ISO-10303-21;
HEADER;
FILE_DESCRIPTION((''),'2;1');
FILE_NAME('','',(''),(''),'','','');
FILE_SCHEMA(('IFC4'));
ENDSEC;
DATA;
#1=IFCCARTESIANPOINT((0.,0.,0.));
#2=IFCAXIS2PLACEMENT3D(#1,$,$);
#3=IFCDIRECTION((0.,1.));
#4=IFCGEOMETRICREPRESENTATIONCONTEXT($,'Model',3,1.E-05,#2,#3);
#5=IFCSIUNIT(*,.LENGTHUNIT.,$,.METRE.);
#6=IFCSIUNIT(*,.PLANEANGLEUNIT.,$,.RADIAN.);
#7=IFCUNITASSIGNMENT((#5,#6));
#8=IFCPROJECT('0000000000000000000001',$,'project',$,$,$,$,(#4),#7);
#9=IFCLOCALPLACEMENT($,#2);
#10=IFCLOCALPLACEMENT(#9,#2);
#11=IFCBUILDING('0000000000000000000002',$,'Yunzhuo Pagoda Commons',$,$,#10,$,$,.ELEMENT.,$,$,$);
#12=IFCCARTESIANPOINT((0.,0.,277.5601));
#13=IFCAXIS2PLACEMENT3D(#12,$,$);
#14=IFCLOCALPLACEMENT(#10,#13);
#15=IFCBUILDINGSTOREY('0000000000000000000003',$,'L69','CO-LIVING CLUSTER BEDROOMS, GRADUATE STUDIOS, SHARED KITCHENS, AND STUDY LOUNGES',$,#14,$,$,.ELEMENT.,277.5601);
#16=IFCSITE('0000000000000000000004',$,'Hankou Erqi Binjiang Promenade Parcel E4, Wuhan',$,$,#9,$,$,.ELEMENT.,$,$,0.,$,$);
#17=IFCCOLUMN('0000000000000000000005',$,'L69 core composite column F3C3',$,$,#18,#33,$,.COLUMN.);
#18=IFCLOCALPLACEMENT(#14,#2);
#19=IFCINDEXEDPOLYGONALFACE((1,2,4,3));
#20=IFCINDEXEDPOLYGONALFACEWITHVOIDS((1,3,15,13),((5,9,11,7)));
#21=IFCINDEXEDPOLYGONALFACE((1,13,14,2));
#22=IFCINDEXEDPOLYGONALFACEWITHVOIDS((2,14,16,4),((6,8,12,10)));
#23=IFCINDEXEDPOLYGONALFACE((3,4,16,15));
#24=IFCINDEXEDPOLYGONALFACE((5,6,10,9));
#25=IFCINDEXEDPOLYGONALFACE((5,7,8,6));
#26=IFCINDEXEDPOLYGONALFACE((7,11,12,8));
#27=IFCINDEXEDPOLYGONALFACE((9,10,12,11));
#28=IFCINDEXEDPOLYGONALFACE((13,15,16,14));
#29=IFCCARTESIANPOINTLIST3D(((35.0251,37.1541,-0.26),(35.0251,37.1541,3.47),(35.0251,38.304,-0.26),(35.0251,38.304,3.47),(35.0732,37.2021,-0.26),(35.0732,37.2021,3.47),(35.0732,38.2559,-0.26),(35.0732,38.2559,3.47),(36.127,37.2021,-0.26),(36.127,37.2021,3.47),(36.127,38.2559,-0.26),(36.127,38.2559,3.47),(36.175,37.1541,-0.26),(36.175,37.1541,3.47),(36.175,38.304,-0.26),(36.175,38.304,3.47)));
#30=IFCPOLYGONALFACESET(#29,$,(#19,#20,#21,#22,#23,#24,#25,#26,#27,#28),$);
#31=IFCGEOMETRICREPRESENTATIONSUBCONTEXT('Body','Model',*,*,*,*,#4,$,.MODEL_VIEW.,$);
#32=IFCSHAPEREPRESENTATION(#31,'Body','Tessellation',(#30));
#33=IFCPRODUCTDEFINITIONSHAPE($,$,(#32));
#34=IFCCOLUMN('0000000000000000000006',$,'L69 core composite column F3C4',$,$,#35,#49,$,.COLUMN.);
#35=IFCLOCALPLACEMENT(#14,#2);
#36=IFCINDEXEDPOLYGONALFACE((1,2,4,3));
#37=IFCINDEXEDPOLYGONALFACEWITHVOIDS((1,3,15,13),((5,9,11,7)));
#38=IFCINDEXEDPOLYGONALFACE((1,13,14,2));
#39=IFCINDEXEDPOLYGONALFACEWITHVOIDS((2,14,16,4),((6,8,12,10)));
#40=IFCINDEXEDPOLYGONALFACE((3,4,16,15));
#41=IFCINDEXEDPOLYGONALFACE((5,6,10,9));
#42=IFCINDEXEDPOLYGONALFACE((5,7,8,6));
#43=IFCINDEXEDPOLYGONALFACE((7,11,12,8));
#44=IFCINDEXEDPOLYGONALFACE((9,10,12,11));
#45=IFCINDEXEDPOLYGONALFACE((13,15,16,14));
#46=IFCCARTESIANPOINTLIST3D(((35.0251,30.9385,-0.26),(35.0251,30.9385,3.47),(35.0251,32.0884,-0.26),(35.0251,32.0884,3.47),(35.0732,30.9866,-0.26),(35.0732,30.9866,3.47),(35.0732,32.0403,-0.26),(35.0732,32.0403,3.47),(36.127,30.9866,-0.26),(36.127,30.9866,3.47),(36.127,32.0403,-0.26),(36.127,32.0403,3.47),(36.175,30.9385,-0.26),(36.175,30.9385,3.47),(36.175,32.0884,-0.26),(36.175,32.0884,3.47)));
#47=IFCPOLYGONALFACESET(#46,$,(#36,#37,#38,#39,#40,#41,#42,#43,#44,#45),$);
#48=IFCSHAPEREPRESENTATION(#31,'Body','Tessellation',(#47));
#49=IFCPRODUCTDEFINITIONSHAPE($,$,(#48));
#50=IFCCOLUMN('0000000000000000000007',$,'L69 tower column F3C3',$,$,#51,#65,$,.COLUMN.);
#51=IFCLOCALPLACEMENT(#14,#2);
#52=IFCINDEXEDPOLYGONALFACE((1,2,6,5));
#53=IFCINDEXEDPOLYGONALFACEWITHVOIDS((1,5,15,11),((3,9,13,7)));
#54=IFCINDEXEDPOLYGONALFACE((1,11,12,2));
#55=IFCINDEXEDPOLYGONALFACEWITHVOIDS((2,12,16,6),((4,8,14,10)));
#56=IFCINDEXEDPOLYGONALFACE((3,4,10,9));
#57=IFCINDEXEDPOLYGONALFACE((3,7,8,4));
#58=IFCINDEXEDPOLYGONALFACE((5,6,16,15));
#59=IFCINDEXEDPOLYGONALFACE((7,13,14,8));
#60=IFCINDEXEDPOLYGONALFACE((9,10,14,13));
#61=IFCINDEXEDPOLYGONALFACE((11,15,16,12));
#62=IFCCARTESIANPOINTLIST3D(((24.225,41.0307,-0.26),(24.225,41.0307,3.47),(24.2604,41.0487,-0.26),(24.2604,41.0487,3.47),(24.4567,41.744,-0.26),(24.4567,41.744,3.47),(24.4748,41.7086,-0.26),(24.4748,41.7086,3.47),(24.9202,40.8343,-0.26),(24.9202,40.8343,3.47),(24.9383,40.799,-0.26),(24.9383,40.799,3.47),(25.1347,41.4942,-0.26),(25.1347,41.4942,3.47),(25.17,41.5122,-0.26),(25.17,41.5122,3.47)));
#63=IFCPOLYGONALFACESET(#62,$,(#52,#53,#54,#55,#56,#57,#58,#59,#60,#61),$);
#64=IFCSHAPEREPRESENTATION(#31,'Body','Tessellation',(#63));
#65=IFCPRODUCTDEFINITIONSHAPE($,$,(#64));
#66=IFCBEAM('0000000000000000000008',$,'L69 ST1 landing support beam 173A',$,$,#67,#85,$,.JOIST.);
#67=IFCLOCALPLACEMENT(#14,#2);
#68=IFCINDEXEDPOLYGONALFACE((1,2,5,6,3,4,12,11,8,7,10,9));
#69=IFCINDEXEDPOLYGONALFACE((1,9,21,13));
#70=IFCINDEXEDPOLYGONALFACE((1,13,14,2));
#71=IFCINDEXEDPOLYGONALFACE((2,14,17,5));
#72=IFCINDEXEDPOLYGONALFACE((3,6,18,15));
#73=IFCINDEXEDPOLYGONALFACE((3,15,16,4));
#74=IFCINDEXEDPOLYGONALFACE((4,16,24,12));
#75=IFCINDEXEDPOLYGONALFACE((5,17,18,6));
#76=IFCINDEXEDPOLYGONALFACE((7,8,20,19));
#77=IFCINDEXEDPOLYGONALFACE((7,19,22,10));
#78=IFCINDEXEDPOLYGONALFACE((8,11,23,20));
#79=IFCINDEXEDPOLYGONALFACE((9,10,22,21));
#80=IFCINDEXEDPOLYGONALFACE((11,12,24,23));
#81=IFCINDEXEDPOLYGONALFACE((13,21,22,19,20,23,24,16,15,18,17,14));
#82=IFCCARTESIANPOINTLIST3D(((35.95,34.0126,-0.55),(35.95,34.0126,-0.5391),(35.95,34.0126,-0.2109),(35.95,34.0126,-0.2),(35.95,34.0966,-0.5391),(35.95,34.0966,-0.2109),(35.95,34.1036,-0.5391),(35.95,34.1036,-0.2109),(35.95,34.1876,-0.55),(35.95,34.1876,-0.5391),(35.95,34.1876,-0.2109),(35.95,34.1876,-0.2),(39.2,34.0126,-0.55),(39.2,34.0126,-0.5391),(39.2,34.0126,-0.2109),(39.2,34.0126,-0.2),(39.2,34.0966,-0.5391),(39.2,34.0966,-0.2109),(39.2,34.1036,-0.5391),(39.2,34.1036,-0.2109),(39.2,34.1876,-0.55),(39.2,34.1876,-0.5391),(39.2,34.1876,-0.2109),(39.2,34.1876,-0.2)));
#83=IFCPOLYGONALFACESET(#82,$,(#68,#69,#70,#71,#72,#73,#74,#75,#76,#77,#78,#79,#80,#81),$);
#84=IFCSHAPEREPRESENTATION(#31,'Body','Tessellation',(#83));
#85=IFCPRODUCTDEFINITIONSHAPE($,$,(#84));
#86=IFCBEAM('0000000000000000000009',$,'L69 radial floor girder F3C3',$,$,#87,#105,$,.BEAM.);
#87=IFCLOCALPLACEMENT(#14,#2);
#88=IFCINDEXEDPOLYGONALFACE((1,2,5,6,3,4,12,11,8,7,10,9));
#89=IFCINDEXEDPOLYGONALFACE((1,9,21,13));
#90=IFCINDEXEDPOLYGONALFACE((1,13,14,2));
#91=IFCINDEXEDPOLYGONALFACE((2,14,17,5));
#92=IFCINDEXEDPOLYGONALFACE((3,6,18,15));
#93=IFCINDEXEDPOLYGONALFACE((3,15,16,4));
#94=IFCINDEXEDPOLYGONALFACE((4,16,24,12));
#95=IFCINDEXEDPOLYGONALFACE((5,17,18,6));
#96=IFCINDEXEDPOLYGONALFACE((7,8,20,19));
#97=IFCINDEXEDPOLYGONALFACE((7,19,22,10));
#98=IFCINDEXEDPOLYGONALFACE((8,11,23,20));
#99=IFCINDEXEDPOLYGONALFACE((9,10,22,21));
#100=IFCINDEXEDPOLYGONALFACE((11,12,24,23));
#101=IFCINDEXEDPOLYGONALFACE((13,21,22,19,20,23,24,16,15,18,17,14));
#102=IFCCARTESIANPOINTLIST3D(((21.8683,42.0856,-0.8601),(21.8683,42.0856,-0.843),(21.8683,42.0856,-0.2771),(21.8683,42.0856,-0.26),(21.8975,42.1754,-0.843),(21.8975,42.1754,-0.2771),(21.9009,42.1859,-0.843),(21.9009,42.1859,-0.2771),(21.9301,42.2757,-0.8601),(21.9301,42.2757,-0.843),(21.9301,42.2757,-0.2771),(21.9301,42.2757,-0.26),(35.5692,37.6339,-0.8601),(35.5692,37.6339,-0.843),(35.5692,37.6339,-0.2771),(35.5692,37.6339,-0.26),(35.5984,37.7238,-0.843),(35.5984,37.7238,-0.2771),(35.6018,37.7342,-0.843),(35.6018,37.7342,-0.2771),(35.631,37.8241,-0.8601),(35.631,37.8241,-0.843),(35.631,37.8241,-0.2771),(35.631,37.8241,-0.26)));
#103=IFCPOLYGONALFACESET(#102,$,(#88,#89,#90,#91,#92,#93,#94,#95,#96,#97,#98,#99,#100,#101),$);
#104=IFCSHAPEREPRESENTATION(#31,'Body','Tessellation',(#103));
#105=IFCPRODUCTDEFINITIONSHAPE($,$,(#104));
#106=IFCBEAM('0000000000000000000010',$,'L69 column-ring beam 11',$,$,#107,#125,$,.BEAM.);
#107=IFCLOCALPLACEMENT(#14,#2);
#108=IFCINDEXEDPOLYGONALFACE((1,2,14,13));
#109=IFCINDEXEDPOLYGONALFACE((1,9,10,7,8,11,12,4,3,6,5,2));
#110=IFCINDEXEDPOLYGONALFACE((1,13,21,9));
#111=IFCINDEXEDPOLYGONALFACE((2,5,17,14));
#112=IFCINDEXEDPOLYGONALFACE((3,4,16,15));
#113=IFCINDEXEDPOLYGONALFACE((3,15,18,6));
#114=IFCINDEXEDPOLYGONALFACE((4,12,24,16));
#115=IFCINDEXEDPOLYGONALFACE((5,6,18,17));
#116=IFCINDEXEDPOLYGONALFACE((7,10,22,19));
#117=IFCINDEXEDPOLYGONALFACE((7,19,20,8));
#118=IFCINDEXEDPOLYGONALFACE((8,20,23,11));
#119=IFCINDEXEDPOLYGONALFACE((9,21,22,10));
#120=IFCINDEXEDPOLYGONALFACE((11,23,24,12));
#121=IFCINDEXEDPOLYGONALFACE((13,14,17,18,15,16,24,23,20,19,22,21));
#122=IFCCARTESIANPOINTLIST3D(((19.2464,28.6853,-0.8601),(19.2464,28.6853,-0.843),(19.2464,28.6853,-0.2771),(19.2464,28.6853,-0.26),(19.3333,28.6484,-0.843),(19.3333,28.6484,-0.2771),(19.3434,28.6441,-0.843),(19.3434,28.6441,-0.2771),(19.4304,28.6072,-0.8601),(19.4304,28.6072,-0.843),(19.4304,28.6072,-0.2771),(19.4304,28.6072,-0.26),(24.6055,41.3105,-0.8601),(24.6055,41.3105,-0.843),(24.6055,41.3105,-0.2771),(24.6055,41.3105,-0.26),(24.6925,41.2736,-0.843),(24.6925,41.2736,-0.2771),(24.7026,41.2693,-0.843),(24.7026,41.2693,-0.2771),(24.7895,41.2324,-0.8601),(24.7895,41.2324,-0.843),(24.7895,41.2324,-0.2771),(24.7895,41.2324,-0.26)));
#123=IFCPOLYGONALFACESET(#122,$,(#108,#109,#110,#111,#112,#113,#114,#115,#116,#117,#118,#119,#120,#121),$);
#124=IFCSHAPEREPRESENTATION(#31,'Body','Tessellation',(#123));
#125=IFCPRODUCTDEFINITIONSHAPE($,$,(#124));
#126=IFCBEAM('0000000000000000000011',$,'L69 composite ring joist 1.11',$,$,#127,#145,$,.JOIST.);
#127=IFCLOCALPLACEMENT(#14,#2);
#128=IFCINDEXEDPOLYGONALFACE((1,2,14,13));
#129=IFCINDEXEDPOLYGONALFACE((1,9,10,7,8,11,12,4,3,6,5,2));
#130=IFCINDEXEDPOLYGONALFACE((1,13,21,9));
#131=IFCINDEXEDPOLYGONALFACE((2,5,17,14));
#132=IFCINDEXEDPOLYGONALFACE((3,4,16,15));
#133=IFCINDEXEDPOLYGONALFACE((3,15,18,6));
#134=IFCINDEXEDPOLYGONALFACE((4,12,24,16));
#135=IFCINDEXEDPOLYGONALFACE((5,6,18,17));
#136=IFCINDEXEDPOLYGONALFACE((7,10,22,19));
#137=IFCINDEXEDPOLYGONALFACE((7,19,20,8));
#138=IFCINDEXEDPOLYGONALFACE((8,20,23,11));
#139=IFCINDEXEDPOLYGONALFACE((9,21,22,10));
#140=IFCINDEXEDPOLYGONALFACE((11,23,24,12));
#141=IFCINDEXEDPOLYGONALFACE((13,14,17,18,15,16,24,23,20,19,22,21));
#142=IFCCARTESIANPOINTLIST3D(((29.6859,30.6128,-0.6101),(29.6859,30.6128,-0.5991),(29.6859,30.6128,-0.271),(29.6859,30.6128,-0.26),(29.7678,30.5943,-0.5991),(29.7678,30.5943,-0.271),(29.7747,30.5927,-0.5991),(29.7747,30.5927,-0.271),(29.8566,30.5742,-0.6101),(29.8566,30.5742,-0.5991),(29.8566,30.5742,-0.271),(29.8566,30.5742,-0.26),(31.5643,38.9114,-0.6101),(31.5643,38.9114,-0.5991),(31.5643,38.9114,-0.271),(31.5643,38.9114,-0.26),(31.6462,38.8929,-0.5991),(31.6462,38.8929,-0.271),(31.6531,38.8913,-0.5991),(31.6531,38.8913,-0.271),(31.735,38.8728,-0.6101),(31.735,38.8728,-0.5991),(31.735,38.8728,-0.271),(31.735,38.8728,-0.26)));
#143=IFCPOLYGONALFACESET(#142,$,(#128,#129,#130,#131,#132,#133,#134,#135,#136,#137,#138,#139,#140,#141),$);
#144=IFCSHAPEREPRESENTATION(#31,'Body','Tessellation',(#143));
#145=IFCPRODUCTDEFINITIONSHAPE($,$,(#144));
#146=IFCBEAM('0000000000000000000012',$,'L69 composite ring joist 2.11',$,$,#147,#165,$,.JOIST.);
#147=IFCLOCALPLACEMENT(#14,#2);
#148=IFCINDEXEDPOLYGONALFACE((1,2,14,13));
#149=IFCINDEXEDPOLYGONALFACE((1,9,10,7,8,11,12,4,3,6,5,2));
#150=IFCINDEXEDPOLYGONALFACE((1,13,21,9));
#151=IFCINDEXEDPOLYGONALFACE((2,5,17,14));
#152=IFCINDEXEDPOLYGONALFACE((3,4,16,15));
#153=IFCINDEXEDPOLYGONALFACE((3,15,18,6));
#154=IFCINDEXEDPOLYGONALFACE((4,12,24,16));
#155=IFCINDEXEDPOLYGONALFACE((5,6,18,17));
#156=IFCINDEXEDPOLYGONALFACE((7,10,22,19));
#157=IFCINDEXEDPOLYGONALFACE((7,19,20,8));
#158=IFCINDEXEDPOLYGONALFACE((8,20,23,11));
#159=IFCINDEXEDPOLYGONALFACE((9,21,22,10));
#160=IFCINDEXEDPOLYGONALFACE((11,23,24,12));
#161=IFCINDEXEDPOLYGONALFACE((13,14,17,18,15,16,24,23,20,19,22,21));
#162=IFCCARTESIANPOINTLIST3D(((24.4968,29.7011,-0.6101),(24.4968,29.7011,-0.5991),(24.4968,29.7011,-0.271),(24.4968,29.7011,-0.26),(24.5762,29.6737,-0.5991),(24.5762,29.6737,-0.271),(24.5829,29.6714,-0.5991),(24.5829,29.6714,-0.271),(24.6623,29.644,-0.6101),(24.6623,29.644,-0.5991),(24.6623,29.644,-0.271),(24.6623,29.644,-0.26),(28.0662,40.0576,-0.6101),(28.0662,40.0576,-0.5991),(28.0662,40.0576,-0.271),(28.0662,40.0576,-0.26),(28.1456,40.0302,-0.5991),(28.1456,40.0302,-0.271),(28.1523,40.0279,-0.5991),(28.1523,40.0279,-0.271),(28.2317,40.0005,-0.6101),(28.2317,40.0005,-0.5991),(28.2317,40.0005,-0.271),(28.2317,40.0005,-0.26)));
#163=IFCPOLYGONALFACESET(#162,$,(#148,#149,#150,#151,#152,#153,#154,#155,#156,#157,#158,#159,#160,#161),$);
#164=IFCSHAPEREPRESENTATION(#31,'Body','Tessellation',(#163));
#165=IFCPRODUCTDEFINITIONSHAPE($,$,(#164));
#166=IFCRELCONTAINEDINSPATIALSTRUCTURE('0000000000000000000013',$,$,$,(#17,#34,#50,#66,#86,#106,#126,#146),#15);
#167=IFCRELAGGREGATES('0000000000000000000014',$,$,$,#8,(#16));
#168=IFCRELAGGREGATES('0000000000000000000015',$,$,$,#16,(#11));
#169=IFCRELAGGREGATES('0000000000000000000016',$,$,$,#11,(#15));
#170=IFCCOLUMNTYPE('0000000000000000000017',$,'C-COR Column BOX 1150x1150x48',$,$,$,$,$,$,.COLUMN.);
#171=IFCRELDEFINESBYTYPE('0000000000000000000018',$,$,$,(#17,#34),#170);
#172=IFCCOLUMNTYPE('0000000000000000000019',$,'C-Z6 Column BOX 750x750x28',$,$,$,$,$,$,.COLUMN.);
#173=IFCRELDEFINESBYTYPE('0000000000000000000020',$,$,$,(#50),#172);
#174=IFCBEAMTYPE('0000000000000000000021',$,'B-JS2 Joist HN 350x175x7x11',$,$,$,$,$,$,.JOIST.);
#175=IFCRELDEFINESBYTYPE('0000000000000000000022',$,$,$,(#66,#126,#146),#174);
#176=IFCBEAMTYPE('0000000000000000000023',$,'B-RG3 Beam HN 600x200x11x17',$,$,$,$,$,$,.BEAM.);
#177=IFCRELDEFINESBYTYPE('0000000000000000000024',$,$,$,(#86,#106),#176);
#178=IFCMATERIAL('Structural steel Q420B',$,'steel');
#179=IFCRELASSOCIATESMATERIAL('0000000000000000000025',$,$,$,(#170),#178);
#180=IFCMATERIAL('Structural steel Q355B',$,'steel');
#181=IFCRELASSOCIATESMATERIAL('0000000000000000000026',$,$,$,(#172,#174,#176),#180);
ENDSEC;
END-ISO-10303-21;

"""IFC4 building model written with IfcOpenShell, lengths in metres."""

from ifc_helpers import new_model, si_unit, direction, frame, origin, origin_2d, place, context, subcontext, project, spatial, hollow_rectangle, i_section, extrude, source, transform, mapped, material, material_profile, profile_set, type_object, element, save


model = new_model("IFC4")

# Units and contexts
model_context = context("Model", 3, precision=1e-05, world=origin(), true_north=direction((0.0, 1.0)))
body_context = subcontext(model_context, "Body", "Model", "MODEL_VIEW")
ifc_project = project(units=[si_unit("LENGTHUNIT", "METRE"), si_unit("PLANEANGLEUNIT", "RADIAN")], contexts=[model_context])

# Site, building, storey
site_placement = place(None, origin())
site = spatial("IfcSite", under=ifc_project, at=site_placement, Name="Hankou Erqi Binjiang Promenade Parcel E4, Wuhan", CompositionType="ELEMENT", RefElevation=0.0)
building_placement = place(site_placement, origin())
building = spatial("IfcBuilding", under=site, at=building_placement, Name="Yunzhuo Pagoda Commons", CompositionType="ELEMENT")
storey_placement = place(building_placement, frame((0.0, 0.0, 277.5601)))
storey = spatial("IfcBuildingStorey", under=building, at=storey_placement, Name="L69", Description="CO-LIVING CLUSTER BEDROOMS, GRADUATE STUDIOS, SHARED KITCHENS, AND STUDY LOUNGES", CompositionType="ELEMENT", Elevation=277.5601)

# Columns
ifc_material_1 = material(Name="Structural steel Q420B", Category="steel")
ifc_material_profile_1 = material_profile(ifc_material_1, hollow_rectangle(XDim=1.1499, YDim=1.1499, WallThickness=0.0481, at=origin_2d()), Name="Structural steel Q420B")
ifc_profile_set_1 = profile_set([ifc_material_profile_1], Name="Structural steel Q420B")
column_type_1 = type_object("IfcColumnType", Name="C-COR Column BOX 1150x1150x48", PredefinedType="COLUMN", material=ifc_profile_set_1)
shared_shape_1 = source(origin(), body_context, "Body", "SweptSolid", [
    extrude(hollow_rectangle(XDim=1.1499, YDim=1.1499, WallThickness=0.0481, at=origin_2d()), origin(), (0.0, 0.0, 1.0), 3.73),
])
for number, where, z_axis, x_axis, name in (
    (1, (35.6001, 37.729, -0.26), (0.0, 0.0, 1.0), (1.0, 0.0, 0.0), "L69 core composite column F3C3"),
    (2, (35.6001, 31.5134, -0.26), (0.0, 0.0, 1.0), (1.0, 0.0, 0.0), "L69 core composite column F3C4"),
):
    element("IfcColumn", number, at=place(storey_placement, frame(where, z_axis=z_axis, x_axis=x_axis)), inside=storey, type_object=column_type_1, Name=name, PredefinedType="COLUMN", context=body_context, shape_type="MappedRepresentation", body=[
        mapped(shared_shape_1, transform((0.0, 0.0, 0.0), scale=1.0)),
    ])
ifc_material_2 = material(Name="Structural steel Q355B", Category="steel")
ifc_material_profile_2 = material_profile(ifc_material_2, hollow_rectangle(XDim=0.75, YDim=0.75, WallThickness=0.0281, at=origin_2d()), Name="Structural steel Q355B")
ifc_profile_set_2 = profile_set([ifc_material_profile_2], Name="Structural steel Q355B")
column_type_2 = type_object("IfcColumnType", Name="C-Z6 Column BOX 750x750x28", PredefinedType="COLUMN", material=ifc_profile_set_2)
shared_shape_2 = source(origin(), body_context, "Body", "SweptSolid", [
    extrude(hollow_rectangle(XDim=0.75, YDim=0.75, WallThickness=0.0281, at=origin_2d()), origin(), (0.0, 0.0, 1.0), 3.73),
])
column_placement = place(storey_placement, frame((24.6975, 41.2715, -0.26), z_axis=(0.0, 0.0, 1.0), x_axis=(-0.309017, -0.951057, 0.0)))
element("IfcColumn", 3, at=column_placement, inside=storey, type_object=column_type_2, Name="L69 tower column F3C3", PredefinedType="COLUMN", context=body_context, shape_type="MappedRepresentation", body=[
    mapped(shared_shape_2, transform((0.0, 0.0, 0.0), scale=1.0)),
])

# Beams
ifc_material_profile_3 = material_profile(ifc_material_2, i_section(OverallWidth=0.175, OverallDepth=0.3501, WebThickness=0.0071, FlangeThickness=0.011, at=origin_2d()), Name="Structural steel Q355B")
ifc_profile_set_3 = profile_set([ifc_material_profile_3], Name="Structural steel Q355B")
beam_type_1 = type_object("IfcBeamType", Name="B-JS2 Joist HN 350x175x7x11", PredefinedType="JOIST", material=ifc_profile_set_3)
shared_shape_3 = source(origin(), body_context, "Body", "SweptSolid", [
    extrude(i_section(OverallWidth=0.175, OverallDepth=0.3501, WebThickness=0.0071, FlangeThickness=0.011, at=origin_2d()), origin(), (0.0, 0.0, 1.0), 3.25),
])
beam_1_placement = place(storey_placement, frame((35.95, 34.1001, -0.375), z_axis=(1.0, 0.0, 0.0), x_axis=(0.0, 1.0, 0.0)))
element("IfcBeam", 4, at=beam_1_placement, inside=storey, type_object=beam_type_1, Name="L69 ST1 landing support beam 173A", PredefinedType="JOIST", context=body_context, shape_type="MappedRepresentation", body=[
    mapped(shared_shape_3, transform((0.0, 0.0, 0.0), scale=1.0)),
])
ifc_material_profile_4 = material_profile(ifc_material_2, i_section(OverallWidth=0.2, OverallDepth=0.6001, WebThickness=0.011, FlangeThickness=0.0171, at=origin_2d()), Name="Structural steel Q355B")
ifc_profile_set_4 = profile_set([ifc_material_profile_4], Name="Structural steel Q355B")
beam_type_2 = type_object("IfcBeamType", Name="B-RG3 Beam HN 600x200x11x17", PredefinedType="BEAM", material=ifc_profile_set_4)
shared_shape_4 = source(origin(), body_context, "Body", "SweptSolid", [
    extrude(i_section(OverallWidth=0.2, OverallDepth=0.6001, WebThickness=0.011, FlangeThickness=0.0171, at=origin_2d()), origin(), (0.0, 0.0, 1.0), 14.406),
])
beam_2_placement = place(storey_placement, frame((21.8992, 42.1807, -0.5601), z_axis=(0.951057, -0.309014, 0.0), x_axis=(0.309014, 0.951057, 0.0)))
element("IfcBeam", 5, at=beam_2_placement, inside=storey, type_object=beam_type_2, Name="L69 radial floor girder F3C3", PredefinedType="BEAM", context=body_context, shape_type="MappedRepresentation", body=[
    mapped(shared_shape_4, transform((0.0, 0.0, 0.0), scale=1.0)),
])
shared_shape_5 = source(origin(), body_context, "Body", "SweptSolid", [
    extrude(i_section(OverallWidth=0.2, OverallDepth=0.6001, WebThickness=0.011, FlangeThickness=0.0171, at=origin_2d()), origin(), (0.0, 0.0, 1.0), 13.7156),
])
beam_3_placement = place(storey_placement, frame((24.6975, 41.2715, -0.5601), z_axis=(-0.390733, -0.920504, 0.0), x_axis=(0.920504, -0.390733, 0.0)))
element("IfcBeam", 6, at=beam_3_placement, inside=storey, type_object=beam_type_2, Name="L69 column-ring beam 11", PredefinedType="BEAM", context=body_context, shape_type="MappedRepresentation", body=[
    mapped(shared_shape_5, transform((0.0, 0.0, 0.0), scale=1.0)),
])
shared_shape_6 = source(origin(), body_context, "Body", "SweptSolid", [
    extrude(i_section(OverallWidth=0.175, OverallDepth=0.3501, WebThickness=0.0071, FlangeThickness=0.011, at=origin_2d()), origin(), (0.0, 0.0, 1.0), 8.5085),
])
beam_4_placement = place(storey_placement, frame((31.6497, 38.8921, -0.4351), z_axis=(-0.220769, -0.975326, 0.0), x_axis=(0.975326, -0.220769, 0.0)))
element("IfcBeam", 7, at=beam_4_placement, inside=storey, type_object=beam_type_1, Name="L69 composite ring joist 1.11", PredefinedType="JOIST", context=body_context, shape_type="MappedRepresentation", body=[
    mapped(shared_shape_6, transform((0.0, 0.0, 0.0), scale=1.0)),
])
shared_shape_7 = source(origin(), body_context, "Body", "SweptSolid", [
    extrude(i_section(OverallWidth=0.175, OverallDepth=0.3501, WebThickness=0.0071, FlangeThickness=0.011, at=origin_2d()), origin(), (0.0, 0.0, 1.0), 10.9543),
])
beam_5_placement = place(storey_placement, frame((28.1489, 40.0291, -0.4351), z_axis=(-0.32584, -0.945425, 0.0), x_axis=(0.945425, -0.32584, 0.0)))
element("IfcBeam", 8, at=beam_5_placement, inside=storey, type_object=beam_type_1, Name="L69 composite ring joist 2.11", PredefinedType="JOIST", context=body_context, shape_type="MappedRepresentation", body=[
    mapped(shared_shape_7, transform((0.0, 0.0, 0.0), scale=1.0)),
])

save(model, "model.ifc")
